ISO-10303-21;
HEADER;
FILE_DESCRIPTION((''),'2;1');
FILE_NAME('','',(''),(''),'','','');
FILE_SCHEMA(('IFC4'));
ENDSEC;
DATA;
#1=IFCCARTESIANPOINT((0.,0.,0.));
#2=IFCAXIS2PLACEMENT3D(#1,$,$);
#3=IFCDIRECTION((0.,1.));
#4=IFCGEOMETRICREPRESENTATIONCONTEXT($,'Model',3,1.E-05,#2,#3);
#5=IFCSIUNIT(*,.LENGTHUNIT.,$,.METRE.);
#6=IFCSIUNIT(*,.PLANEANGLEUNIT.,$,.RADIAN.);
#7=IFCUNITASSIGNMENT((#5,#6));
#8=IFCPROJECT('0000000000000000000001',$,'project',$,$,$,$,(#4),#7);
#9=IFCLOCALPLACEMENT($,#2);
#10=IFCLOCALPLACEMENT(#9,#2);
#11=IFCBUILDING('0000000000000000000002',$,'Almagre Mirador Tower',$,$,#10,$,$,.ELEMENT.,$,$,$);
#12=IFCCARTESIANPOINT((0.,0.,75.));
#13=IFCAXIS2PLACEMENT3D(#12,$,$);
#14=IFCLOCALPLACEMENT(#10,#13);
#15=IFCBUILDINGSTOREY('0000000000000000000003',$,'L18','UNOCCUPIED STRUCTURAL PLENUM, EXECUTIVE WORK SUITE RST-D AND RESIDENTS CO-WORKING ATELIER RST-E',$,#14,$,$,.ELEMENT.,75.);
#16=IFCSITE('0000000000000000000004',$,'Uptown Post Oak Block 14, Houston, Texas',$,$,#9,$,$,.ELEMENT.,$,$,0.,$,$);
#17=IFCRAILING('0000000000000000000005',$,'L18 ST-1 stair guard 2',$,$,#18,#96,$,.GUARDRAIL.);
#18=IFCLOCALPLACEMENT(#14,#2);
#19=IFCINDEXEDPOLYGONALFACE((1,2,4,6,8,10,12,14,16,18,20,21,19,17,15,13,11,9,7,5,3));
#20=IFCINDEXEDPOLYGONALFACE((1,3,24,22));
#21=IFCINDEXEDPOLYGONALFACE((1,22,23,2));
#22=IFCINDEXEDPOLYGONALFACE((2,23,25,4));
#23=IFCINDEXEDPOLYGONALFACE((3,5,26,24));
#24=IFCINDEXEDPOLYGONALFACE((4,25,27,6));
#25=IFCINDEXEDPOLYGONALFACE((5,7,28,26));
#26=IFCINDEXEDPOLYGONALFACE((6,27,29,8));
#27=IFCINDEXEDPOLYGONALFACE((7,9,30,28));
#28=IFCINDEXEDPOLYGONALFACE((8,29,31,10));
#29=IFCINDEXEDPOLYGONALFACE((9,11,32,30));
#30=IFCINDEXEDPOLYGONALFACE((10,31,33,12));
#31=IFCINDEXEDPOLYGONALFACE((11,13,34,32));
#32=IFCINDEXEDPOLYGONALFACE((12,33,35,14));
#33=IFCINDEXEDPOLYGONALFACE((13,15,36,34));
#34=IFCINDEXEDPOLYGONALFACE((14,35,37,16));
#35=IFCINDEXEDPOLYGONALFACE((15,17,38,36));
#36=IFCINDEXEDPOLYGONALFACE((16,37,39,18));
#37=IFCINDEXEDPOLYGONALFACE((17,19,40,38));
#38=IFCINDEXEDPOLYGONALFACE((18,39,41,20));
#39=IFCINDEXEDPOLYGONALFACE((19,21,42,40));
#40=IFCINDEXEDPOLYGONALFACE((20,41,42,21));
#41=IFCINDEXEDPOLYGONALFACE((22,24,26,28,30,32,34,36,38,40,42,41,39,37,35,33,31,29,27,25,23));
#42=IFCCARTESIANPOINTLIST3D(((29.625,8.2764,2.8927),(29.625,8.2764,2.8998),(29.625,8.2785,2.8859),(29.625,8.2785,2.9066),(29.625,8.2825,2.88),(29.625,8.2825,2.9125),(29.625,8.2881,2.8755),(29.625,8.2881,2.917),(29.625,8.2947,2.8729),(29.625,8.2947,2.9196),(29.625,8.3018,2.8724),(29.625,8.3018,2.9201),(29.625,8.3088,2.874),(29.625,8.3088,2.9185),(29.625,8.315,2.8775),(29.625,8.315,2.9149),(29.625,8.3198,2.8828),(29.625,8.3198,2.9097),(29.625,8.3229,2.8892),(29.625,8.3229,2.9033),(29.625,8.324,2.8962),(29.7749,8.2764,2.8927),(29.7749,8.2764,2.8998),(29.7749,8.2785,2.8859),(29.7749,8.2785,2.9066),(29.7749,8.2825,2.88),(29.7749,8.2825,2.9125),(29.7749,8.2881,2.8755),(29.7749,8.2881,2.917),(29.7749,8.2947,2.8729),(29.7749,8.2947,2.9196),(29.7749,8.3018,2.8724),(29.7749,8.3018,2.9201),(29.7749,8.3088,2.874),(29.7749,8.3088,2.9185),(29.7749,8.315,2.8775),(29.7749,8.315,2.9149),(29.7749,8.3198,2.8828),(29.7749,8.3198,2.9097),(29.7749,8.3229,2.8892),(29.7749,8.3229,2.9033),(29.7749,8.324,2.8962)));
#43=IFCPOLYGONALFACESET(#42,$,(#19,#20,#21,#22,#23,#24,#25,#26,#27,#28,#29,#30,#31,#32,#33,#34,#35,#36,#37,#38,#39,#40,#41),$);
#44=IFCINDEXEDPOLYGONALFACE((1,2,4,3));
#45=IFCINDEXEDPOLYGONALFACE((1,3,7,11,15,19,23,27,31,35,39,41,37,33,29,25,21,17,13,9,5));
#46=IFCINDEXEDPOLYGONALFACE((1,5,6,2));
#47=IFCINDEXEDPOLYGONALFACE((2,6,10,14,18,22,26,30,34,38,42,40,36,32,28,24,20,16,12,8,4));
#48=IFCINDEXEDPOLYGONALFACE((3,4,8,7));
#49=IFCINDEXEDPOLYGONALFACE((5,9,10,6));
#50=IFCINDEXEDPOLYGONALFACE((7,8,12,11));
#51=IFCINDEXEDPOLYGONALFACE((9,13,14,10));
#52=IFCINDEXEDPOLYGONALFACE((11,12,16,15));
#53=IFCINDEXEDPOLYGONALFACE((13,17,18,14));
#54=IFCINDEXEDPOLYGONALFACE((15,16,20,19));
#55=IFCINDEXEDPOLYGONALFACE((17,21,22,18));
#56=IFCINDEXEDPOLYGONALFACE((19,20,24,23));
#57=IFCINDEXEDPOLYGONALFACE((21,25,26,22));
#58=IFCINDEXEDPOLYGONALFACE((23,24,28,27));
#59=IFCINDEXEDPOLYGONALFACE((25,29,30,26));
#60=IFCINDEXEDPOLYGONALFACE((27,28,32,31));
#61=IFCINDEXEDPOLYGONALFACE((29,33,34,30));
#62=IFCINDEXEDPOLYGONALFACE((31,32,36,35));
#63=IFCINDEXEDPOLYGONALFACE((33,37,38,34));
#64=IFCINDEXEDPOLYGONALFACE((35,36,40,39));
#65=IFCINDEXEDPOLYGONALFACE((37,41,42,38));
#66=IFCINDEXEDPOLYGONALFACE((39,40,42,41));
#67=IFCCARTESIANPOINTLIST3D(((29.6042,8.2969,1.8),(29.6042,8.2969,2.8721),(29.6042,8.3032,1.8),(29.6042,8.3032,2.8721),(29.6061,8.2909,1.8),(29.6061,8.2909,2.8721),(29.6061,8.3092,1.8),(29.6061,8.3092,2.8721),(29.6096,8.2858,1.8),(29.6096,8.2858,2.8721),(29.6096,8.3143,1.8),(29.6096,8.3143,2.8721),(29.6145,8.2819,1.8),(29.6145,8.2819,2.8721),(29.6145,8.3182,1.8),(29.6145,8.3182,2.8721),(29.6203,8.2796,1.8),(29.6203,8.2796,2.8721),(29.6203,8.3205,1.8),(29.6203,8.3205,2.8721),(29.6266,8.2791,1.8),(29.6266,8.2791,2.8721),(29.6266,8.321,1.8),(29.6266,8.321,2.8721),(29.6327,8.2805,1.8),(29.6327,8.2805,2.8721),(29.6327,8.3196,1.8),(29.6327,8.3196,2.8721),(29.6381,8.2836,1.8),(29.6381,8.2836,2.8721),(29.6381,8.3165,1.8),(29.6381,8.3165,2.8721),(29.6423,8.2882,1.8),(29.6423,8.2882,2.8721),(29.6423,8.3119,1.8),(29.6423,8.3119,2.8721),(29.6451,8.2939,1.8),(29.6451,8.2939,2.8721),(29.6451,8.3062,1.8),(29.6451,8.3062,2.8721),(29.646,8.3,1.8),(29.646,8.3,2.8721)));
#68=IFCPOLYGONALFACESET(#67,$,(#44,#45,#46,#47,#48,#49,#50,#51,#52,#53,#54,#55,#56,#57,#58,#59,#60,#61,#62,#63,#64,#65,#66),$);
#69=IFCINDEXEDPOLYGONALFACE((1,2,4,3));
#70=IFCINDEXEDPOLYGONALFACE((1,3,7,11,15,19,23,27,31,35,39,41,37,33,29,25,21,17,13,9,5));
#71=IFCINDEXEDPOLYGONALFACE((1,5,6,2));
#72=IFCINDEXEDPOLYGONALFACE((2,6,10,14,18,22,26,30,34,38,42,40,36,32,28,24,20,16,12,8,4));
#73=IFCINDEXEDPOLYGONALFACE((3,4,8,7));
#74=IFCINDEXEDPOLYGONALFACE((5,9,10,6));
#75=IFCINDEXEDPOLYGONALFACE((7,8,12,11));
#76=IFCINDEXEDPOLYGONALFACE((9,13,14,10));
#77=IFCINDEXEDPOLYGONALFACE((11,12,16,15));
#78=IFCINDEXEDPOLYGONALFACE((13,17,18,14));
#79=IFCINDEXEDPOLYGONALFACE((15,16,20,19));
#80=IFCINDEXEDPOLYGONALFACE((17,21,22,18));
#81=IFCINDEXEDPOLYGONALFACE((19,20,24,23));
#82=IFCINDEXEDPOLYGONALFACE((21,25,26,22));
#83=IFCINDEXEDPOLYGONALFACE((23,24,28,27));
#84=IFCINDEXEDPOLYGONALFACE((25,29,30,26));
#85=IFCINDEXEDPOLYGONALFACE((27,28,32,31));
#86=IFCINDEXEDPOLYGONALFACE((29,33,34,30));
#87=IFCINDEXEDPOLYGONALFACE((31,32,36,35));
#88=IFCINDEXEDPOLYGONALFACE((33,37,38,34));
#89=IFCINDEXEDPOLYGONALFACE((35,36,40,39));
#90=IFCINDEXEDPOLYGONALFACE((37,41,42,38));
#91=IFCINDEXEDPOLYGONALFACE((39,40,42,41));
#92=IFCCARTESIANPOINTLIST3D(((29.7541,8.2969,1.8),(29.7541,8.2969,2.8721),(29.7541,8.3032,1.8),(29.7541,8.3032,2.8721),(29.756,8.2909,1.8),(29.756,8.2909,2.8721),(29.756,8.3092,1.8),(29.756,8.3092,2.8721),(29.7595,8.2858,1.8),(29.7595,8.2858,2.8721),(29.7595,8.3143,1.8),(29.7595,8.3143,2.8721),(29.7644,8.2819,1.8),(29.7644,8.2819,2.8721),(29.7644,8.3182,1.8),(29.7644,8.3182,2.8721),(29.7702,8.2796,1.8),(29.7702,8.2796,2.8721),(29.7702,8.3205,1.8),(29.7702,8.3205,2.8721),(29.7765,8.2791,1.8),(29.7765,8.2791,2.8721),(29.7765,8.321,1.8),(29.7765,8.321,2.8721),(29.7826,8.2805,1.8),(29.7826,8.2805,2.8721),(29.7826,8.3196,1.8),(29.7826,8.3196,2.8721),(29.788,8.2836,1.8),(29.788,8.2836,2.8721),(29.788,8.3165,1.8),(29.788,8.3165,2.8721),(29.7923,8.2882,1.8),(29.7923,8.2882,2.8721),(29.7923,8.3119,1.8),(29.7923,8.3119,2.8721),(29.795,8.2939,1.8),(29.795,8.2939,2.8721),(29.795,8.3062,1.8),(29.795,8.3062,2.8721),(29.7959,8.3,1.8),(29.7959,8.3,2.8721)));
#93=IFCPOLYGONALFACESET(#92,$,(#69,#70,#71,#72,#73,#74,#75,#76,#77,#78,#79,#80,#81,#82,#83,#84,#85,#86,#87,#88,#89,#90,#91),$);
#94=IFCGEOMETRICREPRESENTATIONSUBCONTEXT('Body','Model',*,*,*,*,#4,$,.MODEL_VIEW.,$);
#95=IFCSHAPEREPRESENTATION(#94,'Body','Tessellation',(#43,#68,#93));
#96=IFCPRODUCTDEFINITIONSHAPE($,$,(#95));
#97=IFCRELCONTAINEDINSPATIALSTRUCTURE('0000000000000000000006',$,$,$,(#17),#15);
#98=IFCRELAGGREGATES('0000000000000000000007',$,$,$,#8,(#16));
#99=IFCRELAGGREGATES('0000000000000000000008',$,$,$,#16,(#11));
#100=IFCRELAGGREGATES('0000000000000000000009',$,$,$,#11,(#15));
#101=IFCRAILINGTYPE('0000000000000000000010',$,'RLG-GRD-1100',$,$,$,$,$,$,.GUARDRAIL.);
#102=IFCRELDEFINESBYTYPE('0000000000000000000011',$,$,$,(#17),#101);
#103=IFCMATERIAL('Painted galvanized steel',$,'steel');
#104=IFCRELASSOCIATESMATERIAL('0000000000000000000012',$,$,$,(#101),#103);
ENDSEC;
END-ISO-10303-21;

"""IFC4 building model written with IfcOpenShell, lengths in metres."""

from ifc_helpers import new_model, si_unit, direction, frame, origin, origin_2d, place, context, subcontext, project, spatial, circle, extrude, material, type_object, element, save


model = new_model("IFC4")

# Units and contexts
model_context = context("Model", 3, precision=1e-05, world=origin(), true_north=direction((0.0, 1.0)))
body_context = subcontext(model_context, "Body", "Model", "MODEL_VIEW")
ifc_project = project(units=[si_unit("LENGTHUNIT", "METRE"), si_unit("PLANEANGLEUNIT", "RADIAN")], contexts=[model_context])

# Site, building, storey
site_placement = place(None, origin())
site = spatial("IfcSite", under=ifc_project, at=site_placement, Name="Uptown Post Oak Block 14, Houston, Texas", CompositionType="ELEMENT", RefElevation=0.0)
building_placement = place(site_placement, origin())
building = spatial("IfcBuilding", under=site, at=building_placement, Name="Almagre Mirador Tower", CompositionType="ELEMENT")
storey_placement = place(building_placement, frame((0.0, 0.0, 75.0)))
storey = spatial("IfcBuildingStorey", under=building, at=storey_placement, Name="L18", Description="UNOCCUPIED STRUCTURAL PLENUM, EXECUTIVE WORK SUITE RST-D AND RESIDENTS CO-WORKING ATELIER RST-E", CompositionType="ELEMENT", Elevation=75.0)

# Railing
ifc_material_1 = material(Name="Painted galvanized steel", Category="steel")
railing_type_1 = type_object("IfcRailingType", Name="RLG-GRD-1100", PredefinedType="GUARDRAIL", material=ifc_material_1)
railing_1_placement = place(storey_placement, frame((29.625, 8.3, 1.8)))
element("IfcRailing", 1, at=railing_1_placement, inside=storey, type_object=railing_type_1, Name="L18 ST-1 stair guard 2", PredefinedType="GUARDRAIL", context=body_context, shape_type="SweptSolid", body=[
    extrude(circle(Radius=0.0239, at=origin_2d()), frame((0.0, 0.0, 1.0962), z_axis=(1.0, 0.0, 0.0), x_axis=(0.0, 1.0, 0.0)), (0.0, 0.0, 1.0), 0.1499),
    extrude(circle(Radius=0.021, at=origin_2d()), origin(), (0.0, 0.0, 1.0), 1.072),
    extrude(circle(Radius=0.021, at=origin_2d()), frame((0.1499, 0.0, 0.0)), (0.0, 0.0, 1.0), 1.072),
])

save(model, "model.ifc")
